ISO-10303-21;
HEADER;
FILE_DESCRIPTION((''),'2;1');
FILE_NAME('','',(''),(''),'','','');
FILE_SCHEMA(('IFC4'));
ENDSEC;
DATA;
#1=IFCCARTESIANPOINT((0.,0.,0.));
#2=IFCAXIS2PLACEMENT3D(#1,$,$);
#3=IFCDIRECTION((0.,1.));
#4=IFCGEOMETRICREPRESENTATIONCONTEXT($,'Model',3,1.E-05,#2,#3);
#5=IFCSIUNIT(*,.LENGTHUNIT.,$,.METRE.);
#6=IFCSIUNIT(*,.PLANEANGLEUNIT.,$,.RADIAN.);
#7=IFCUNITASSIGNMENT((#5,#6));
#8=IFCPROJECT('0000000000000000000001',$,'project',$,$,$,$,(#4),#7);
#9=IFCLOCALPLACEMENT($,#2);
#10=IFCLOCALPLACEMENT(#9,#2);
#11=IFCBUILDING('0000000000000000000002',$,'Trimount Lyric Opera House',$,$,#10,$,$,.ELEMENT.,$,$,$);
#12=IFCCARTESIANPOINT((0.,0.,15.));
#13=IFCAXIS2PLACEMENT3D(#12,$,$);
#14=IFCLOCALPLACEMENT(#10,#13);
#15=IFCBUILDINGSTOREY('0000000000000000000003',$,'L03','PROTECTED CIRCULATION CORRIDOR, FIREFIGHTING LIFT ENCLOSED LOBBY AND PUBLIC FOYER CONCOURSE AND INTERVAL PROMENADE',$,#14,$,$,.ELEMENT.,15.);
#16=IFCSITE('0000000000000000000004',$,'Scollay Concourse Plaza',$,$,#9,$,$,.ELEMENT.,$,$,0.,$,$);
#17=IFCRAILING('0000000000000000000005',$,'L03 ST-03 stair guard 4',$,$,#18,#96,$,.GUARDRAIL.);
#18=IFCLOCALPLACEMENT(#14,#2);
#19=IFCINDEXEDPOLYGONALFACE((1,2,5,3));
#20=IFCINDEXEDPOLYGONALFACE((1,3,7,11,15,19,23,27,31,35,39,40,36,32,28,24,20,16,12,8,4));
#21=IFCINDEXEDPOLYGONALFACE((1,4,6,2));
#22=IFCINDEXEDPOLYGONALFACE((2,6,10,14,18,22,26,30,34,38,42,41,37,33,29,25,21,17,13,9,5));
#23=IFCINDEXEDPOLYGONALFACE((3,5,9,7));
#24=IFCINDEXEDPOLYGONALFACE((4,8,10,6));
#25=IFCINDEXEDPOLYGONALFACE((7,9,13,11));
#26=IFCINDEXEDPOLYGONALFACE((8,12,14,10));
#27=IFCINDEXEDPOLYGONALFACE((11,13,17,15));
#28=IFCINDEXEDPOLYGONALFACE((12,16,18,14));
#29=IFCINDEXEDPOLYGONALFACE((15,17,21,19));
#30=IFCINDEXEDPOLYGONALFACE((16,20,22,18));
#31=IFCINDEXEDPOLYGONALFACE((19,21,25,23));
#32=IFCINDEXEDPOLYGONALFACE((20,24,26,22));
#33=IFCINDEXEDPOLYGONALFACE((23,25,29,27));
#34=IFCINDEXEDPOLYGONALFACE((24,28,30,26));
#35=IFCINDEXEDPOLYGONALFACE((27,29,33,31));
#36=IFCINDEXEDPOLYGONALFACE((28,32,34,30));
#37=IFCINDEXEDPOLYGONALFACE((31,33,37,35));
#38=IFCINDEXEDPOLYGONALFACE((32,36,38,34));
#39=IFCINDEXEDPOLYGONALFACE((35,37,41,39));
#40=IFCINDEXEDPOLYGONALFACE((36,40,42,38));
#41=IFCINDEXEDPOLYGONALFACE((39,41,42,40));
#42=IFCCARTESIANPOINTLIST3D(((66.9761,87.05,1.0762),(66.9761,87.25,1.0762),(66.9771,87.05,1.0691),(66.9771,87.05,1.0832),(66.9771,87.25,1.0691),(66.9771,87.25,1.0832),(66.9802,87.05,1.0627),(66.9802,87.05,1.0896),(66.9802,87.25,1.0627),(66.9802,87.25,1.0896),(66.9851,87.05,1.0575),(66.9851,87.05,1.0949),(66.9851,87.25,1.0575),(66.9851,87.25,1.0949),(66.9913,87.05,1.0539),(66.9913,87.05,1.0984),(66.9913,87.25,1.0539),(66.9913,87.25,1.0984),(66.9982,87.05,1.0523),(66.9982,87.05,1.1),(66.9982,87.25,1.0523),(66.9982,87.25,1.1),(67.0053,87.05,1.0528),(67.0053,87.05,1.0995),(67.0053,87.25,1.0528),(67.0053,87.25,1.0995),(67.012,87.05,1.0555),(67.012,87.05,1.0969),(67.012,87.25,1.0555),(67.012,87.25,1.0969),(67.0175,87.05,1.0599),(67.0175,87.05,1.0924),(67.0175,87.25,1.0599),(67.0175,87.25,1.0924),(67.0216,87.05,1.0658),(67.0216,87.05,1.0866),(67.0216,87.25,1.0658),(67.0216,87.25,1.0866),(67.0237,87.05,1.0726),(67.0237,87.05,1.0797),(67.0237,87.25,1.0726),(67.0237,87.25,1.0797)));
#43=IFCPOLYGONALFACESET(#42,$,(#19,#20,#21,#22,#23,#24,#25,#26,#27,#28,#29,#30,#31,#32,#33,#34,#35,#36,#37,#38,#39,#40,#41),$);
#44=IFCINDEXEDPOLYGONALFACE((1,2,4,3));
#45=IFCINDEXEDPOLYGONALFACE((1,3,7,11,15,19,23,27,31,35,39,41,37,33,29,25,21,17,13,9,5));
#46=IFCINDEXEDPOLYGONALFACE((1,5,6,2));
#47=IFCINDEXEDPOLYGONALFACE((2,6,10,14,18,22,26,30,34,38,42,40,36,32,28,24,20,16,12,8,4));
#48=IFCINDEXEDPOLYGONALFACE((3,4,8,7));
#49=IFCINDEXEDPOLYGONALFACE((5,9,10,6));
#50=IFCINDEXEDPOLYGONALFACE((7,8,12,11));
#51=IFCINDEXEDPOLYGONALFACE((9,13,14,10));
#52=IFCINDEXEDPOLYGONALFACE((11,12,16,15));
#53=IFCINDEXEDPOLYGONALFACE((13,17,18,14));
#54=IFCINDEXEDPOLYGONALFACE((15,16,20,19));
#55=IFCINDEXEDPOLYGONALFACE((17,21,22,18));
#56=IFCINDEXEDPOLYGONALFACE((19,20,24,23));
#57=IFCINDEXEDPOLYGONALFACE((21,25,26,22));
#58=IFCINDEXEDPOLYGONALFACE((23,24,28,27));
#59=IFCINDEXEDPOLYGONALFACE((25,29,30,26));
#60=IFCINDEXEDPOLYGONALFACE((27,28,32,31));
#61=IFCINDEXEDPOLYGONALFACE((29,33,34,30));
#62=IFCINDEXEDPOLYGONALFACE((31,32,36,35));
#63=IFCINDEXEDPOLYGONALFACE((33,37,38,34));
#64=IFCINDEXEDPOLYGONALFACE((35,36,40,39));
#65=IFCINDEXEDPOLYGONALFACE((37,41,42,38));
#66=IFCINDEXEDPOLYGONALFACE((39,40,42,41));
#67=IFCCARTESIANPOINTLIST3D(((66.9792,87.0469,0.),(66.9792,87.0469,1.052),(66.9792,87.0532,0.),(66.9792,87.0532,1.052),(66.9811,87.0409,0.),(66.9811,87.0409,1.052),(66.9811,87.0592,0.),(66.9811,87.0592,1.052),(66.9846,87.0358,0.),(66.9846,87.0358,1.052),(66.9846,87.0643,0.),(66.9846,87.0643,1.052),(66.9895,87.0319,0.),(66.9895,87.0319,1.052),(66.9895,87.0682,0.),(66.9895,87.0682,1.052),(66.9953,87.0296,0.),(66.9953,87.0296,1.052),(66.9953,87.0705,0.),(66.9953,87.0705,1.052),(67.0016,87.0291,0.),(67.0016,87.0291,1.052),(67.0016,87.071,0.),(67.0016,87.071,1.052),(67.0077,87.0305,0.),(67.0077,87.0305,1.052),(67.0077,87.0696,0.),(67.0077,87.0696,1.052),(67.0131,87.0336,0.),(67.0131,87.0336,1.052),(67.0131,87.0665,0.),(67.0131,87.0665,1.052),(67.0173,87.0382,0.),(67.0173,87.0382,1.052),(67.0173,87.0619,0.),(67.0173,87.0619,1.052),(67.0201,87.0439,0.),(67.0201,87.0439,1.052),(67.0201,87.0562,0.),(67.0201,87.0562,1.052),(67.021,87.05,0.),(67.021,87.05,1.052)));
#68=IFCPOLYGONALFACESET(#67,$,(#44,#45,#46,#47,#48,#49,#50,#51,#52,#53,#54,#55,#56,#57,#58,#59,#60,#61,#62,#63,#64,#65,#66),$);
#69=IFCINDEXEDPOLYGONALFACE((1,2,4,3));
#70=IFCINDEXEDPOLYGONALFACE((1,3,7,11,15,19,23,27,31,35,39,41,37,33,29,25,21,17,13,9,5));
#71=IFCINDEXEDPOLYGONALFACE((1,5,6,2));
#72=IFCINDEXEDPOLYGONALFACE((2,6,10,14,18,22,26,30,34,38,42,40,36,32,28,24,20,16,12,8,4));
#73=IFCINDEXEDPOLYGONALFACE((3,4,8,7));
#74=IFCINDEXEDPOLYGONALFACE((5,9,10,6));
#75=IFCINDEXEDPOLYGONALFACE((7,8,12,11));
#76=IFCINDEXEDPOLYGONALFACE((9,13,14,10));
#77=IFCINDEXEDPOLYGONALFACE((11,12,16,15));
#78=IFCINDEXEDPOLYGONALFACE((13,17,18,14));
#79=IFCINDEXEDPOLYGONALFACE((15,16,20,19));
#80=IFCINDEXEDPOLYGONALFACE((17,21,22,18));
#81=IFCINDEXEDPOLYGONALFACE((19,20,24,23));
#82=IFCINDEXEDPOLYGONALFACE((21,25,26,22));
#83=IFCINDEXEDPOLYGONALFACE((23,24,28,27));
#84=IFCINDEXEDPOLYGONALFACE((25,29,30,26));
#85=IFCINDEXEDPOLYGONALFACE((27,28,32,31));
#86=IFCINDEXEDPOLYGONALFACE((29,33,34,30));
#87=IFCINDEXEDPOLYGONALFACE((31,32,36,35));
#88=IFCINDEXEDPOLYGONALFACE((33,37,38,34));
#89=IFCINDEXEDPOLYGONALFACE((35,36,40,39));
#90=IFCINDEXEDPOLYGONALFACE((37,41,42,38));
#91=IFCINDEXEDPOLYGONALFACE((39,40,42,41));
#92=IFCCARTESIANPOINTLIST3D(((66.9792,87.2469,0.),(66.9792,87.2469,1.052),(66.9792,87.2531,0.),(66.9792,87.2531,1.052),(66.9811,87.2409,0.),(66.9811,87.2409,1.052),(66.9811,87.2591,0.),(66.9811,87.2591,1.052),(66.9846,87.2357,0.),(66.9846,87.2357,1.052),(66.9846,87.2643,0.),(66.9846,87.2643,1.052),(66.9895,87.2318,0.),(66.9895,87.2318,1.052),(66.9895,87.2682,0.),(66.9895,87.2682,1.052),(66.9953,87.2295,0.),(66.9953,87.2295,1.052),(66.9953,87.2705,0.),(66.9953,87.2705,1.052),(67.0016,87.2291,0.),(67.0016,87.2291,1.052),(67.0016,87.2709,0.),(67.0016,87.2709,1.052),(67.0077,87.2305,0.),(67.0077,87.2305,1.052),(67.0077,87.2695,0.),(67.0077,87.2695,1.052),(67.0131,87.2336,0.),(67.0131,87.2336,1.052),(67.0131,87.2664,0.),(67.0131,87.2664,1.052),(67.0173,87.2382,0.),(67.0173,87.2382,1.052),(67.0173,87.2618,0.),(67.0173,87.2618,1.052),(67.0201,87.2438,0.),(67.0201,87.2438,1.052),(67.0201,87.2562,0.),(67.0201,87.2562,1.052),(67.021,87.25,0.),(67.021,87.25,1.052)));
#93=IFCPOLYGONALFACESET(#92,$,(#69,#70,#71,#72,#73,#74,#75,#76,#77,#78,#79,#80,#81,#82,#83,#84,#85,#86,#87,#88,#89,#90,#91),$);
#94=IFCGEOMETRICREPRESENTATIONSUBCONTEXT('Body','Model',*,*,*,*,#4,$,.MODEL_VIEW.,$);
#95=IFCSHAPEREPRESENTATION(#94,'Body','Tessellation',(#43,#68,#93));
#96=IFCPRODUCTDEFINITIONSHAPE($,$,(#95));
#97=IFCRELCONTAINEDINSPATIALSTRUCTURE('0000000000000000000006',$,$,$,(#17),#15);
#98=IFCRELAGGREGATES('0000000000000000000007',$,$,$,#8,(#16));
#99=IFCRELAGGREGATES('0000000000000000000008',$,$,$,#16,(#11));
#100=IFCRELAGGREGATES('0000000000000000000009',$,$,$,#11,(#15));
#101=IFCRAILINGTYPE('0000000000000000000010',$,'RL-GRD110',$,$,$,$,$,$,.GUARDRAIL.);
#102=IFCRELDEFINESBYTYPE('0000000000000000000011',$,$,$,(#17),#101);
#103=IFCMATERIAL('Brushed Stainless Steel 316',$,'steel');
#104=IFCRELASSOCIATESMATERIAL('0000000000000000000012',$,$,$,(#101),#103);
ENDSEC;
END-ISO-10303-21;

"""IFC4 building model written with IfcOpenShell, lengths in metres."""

from ifc_helpers import new_model, si_unit, direction, frame, origin, origin_2d, place, context, subcontext, project, spatial, circle, extrude, material, type_object, element, save


model = new_model("IFC4")

# Units and contexts
model_context = context("Model", 3, precision=1e-05, world=origin(), true_north=direction((0.0, 1.0)))
body_context = subcontext(model_context, "Body", "Model", "MODEL_VIEW")
ifc_project = project(units=[si_unit("LENGTHUNIT", "METRE"), si_unit("PLANEANGLEUNIT", "RADIAN")], contexts=[model_context])

# Site, building, storey
site_placement = place(None, origin())
site = spatial("IfcSite", under=ifc_project, at=site_placement, Name="Scollay Concourse Plaza", CompositionType="ELEMENT", RefElevation=0.0)
building_placement = place(site_placement, origin())
building = spatial("IfcBuilding", under=site, at=building_placement, Name="Trimount Lyric Opera House", CompositionType="ELEMENT")
storey_placement = place(building_placement, frame((0.0, 0.0, 15.0)))
storey = spatial("IfcBuildingStorey", under=building, at=storey_placement, Name="L03", Description="PROTECTED CIRCULATION CORRIDOR, FIREFIGHTING LIFT ENCLOSED LOBBY AND PUBLIC FOYER CONCOURSE AND INTERVAL PROMENADE", CompositionType="ELEMENT", Elevation=15.0)

# Railing
ifc_material_1 = material(Name="Brushed Stainless Steel 316", Category="steel")
railing_type_1 = type_object("IfcRailingType", Name="RL-GRD110", PredefinedType="GUARDRAIL", material=ifc_material_1)
railing_1_placement = place(storey_placement, frame((67.0, 87.05, 0.0)))
element("IfcRailing", 1, at=railing_1_placement, inside=storey, type_object=railing_type_1, Name="L03 ST-03 stair guard 4", PredefinedType="GUARDRAIL", context=body_context, shape_type="SweptSolid", body=[
    extrude(circle(Radius=0.0239, at=origin_2d()), frame((0.0, 0.0, 1.0762), z_axis=(0.0, 1.0, 0.0), x_axis=(-1.0, 0.0, 0.0)), (0.0, 0.0, 1.0), 0.2),
    extrude(circle(Radius=0.021, at=origin_2d()), origin(), (0.0, 0.0, 1.0), 1.052),
    extrude(circle(Radius=0.021, at=origin_2d()), frame((0.0, 0.2, 0.0)), (0.0, 0.0, 1.0), 1.052),
])

save(model, "model.ifc")
